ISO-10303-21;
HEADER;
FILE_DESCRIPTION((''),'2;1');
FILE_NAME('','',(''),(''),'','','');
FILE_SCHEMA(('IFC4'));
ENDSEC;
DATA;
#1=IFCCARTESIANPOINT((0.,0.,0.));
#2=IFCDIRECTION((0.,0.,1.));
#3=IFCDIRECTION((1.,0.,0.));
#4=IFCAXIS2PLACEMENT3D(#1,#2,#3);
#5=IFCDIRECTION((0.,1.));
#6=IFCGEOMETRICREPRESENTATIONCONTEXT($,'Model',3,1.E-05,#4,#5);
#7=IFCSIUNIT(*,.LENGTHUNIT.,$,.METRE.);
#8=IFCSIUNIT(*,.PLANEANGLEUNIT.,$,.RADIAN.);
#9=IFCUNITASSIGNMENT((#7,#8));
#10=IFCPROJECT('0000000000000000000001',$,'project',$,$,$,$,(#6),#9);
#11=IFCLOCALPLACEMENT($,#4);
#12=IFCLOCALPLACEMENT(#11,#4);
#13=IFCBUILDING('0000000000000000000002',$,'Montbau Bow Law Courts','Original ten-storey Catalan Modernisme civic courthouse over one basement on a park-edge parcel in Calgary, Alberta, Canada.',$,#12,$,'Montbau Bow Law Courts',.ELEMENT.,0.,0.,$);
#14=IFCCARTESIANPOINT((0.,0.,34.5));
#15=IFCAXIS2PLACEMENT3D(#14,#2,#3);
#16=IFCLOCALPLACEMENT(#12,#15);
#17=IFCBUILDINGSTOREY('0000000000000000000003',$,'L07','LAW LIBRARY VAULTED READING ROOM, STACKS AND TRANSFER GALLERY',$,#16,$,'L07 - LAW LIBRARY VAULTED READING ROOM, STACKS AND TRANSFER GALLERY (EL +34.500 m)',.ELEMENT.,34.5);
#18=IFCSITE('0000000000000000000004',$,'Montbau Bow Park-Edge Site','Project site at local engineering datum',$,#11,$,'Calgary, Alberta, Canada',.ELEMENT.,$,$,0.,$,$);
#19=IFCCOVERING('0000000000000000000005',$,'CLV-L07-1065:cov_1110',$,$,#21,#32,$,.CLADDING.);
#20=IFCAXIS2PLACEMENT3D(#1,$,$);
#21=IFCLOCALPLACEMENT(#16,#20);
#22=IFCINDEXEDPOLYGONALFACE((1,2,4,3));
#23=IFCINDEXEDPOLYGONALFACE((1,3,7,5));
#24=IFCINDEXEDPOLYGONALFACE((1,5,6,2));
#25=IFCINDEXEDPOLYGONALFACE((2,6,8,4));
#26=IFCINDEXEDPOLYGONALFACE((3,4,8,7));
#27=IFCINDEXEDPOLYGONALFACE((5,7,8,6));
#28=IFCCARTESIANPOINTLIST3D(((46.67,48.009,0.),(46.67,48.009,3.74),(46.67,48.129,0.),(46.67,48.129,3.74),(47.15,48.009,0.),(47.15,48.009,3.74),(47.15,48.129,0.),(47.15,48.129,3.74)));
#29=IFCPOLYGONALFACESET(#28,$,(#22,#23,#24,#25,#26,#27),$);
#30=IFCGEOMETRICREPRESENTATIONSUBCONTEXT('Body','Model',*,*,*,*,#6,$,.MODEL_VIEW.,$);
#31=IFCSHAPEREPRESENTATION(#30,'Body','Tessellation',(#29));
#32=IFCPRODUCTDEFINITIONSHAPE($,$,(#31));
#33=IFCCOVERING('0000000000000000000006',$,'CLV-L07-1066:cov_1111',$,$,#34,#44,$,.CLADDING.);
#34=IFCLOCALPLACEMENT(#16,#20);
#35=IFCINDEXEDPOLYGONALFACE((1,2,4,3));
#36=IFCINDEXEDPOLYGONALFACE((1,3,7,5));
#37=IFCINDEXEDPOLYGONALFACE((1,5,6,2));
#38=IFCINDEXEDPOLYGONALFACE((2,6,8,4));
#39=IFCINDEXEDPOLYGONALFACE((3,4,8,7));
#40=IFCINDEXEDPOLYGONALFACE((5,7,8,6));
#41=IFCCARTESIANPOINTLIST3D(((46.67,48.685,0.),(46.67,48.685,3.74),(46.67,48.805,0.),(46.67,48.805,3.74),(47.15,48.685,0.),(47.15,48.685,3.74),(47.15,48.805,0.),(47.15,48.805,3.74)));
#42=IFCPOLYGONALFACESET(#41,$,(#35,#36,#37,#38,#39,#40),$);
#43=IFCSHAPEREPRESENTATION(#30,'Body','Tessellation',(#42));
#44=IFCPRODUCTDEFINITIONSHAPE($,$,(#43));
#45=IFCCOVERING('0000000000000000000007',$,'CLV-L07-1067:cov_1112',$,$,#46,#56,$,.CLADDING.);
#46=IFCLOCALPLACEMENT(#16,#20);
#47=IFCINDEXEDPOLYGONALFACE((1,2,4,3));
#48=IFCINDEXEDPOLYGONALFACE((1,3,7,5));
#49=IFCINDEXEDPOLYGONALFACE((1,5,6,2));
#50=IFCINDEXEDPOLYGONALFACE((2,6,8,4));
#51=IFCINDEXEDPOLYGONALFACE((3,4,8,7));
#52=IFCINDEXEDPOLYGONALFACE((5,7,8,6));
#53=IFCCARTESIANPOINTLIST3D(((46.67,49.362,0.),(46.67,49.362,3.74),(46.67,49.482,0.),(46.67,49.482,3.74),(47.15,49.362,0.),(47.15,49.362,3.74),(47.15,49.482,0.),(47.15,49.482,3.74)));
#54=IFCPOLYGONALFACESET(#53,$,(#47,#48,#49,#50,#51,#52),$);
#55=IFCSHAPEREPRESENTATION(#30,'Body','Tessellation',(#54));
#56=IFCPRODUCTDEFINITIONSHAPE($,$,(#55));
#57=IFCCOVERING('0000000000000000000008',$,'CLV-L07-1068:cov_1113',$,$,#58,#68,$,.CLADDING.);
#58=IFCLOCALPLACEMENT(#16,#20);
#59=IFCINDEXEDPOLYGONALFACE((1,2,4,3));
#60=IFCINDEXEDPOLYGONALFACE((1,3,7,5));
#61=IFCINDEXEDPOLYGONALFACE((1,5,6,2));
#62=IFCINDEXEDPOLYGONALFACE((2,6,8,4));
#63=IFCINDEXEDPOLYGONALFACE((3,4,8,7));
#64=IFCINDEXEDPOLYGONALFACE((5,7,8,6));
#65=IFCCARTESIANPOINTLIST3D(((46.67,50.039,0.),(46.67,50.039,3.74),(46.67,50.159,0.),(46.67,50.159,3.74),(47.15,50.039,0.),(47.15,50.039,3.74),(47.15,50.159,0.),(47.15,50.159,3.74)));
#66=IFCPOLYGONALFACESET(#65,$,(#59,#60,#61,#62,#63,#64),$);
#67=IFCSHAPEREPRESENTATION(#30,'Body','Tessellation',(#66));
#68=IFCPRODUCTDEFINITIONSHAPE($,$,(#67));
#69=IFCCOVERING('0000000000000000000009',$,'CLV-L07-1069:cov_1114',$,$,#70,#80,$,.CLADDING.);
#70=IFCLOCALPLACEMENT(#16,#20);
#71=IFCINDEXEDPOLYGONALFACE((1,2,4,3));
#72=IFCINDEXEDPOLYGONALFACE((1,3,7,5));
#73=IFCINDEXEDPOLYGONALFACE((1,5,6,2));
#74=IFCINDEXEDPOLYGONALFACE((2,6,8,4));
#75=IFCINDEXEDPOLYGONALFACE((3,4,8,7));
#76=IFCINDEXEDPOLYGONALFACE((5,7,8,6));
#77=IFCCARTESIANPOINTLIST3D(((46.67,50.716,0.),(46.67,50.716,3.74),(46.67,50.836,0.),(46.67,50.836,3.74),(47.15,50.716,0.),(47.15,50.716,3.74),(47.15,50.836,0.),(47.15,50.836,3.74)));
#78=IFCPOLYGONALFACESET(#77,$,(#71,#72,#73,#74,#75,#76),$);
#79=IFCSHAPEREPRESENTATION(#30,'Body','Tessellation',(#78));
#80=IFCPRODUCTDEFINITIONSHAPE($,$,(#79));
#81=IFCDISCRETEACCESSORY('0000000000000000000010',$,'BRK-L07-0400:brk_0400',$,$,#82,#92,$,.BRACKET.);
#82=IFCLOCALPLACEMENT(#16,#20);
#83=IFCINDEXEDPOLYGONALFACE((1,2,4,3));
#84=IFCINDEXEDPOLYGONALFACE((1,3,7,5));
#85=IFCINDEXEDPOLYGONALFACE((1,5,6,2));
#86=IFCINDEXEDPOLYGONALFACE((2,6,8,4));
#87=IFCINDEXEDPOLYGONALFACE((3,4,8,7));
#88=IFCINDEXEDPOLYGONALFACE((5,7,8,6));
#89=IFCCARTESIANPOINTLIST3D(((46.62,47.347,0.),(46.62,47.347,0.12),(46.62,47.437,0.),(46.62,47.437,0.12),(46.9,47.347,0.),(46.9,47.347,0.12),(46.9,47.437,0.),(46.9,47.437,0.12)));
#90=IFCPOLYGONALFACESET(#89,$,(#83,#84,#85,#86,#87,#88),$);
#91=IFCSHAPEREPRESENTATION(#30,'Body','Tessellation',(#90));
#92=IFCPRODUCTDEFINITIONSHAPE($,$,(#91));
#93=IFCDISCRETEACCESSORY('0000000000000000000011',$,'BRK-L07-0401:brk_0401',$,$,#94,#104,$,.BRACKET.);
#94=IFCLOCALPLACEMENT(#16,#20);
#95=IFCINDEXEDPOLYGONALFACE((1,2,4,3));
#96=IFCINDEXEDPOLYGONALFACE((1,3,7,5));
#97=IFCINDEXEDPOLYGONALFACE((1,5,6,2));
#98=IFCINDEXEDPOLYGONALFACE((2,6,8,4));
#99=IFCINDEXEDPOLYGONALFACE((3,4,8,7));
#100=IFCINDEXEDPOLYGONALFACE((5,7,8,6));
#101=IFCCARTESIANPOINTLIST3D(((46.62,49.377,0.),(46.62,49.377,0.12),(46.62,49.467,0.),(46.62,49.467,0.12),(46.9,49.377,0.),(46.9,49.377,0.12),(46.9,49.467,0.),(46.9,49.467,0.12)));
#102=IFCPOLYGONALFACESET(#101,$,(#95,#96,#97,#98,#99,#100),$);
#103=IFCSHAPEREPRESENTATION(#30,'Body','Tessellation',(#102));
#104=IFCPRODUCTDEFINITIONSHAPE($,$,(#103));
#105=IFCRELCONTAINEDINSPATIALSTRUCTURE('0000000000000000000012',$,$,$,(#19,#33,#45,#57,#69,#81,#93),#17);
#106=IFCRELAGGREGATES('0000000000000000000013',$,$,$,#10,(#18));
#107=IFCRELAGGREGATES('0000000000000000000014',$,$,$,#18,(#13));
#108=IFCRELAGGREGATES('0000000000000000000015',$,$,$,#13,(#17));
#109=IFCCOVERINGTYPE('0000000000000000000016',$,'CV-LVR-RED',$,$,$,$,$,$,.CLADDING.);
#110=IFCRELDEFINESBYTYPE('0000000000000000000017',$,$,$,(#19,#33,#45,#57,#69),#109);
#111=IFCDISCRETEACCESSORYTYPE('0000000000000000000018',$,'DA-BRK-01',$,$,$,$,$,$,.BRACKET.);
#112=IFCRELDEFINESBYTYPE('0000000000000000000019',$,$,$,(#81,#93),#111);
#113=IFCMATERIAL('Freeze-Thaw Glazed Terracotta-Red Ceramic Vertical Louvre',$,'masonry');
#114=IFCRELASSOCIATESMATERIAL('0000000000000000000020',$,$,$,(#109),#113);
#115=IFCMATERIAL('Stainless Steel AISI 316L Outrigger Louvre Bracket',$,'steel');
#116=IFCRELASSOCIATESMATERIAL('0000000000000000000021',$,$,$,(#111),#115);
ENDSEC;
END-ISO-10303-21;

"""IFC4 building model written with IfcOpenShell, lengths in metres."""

from ifc_helpers import new_model, si_unit, direction, frame, frame_2d, origin_with_axes, origin_2d_with_axis, place, context, subcontext, project, spatial, rectangle, extrude, material, type_object, element, save


model = new_model("IFC4")

# Units and contexts
model_context = context("Model", 3, precision=1e-05, world=origin_with_axes(), true_north=direction((0.0, 1.0)))
body_context = subcontext(model_context, "Body", "Model", "MODEL_VIEW")
ifc_project = project(units=[si_unit("LENGTHUNIT", "METRE"), si_unit("PLANEANGLEUNIT", "RADIAN")], contexts=[model_context])

# Site, building, storey
site_placement = place(None, origin_with_axes())
site = spatial("IfcSite", under=ifc_project, at=site_placement, Name="Montbau Bow Park-Edge Site", Description="Project site at local engineering datum", LongName="Calgary, Alberta, Canada", CompositionType="ELEMENT", RefElevation=0.0)
building_placement = place(site_placement, origin_with_axes())
building = spatial("IfcBuilding", under=site, at=building_placement, Name="Montbau Bow Law Courts", Description="Original ten-storey Catalan Modernisme civic courthouse over one basement on a park-edge parcel in Calgary, Alberta, Canada.", LongName="Montbau Bow Law Courts", CompositionType="ELEMENT", ElevationOfRefHeight=0.0, ElevationOfTerrain=0.0)
storey_placement = place(building_placement, frame((0.0, 0.0, 34.5), z_axis=(0.0, 0.0, 1.0), x_axis=(1.0, 0.0, 0.0)))
storey = spatial("IfcBuildingStorey", under=building, at=storey_placement, Name="L07", Description="LAW LIBRARY VAULTED READING ROOM, STACKS AND TRANSFER GALLERY", LongName="L07 - LAW LIBRARY VAULTED READING ROOM, STACKS AND TRANSFER GALLERY (EL +34.500 m)", CompositionType="ELEMENT", Elevation=34.5)

# Coverings
ifc_material_1 = material(Name="Freeze-Thaw Glazed Terracotta-Red Ceramic Vertical Louvre", Category="masonry")
covering_type = type_object("IfcCoveringType", Name="CV-LVR-RED", PredefinedType="CLADDING", material=ifc_material_1)
for number, where, z_axis, x_axis, name in (
    (1, (46.67, 48.069, 34.5), (0.0, -1.0, 0.0), (1.0, 0.0, 0.0), "CLV-L07-1065:cov_1110"),
    (2, (46.67, 48.745, 34.5), (0.0, -1.0, 0.0), (1.0, 0.0, 0.0), "CLV-L07-1066:cov_1111"),
    (3, (46.67, 49.422, 34.5), (0.0, -1.0, 0.0), (1.0, 0.0, 0.0), "CLV-L07-1067:cov_1112"),
    (4, (46.67, 50.099, 34.5), (0.0, -1.0, 0.0), (1.0, 0.0, 0.0), "CLV-L07-1068:cov_1113"),
    (5, (46.67, 50.776, 34.5), (0.0, -1.0, 0.0), (1.0, 0.0, 0.0), "CLV-L07-1069:cov_1114"),
):
    element("IfcCovering", number, at=place(None, frame(where, z_axis=z_axis, x_axis=x_axis)), inside=storey, type_object=covering_type, Name=name, PredefinedType="CLADDING", context=body_context, shape_type="SweptSolid", body=[
        extrude(rectangle(XDim=0.48, YDim=3.74, at=frame_2d((0.24, 1.87), x_axis=(1.0, 0.0))), frame((0.0, 0.0, -0.06), z_axis=(0.0, 0.0, 1.0), x_axis=(1.0, 0.0, 0.0)), (0.0, 0.0, 1.0), 0.12),
    ])

# Discrete accessories
ifc_material_2 = material(Name="Stainless Steel AISI 316L Outrigger Louvre Bracket", Category="steel")
discrete_accessory_type = type_object("IfcDiscreteAccessoryType", Name="DA-BRK-01", PredefinedType="BRACKET", material=ifc_material_2)
for number, where, z_axis, x_axis, name in (
    (6, (46.76, 47.392, 34.5), (0.0, 0.0, 1.0), (1.0, 0.0, 0.0), "BRK-L07-0400:brk_0400"),
    (7, (46.76, 49.422, 34.5), (0.0, 0.0, 1.0), (1.0, 0.0, 0.0), "BRK-L07-0401:brk_0401"),
):
    element("IfcDiscreteAccessory", number, at=place(None, frame(where, z_axis=z_axis, x_axis=x_axis)), inside=storey, type_object=discrete_accessory_type, Name=name, PredefinedType="BRACKET", context=body_context, shape_type="SweptSolid", body=[
        extrude(rectangle(XDim=0.28, YDim=0.09, at=origin_2d_with_axis()), origin_with_axes(), (0.0, 0.0, 1.0), 0.12),
    ])

save(model, "model.ifc")
